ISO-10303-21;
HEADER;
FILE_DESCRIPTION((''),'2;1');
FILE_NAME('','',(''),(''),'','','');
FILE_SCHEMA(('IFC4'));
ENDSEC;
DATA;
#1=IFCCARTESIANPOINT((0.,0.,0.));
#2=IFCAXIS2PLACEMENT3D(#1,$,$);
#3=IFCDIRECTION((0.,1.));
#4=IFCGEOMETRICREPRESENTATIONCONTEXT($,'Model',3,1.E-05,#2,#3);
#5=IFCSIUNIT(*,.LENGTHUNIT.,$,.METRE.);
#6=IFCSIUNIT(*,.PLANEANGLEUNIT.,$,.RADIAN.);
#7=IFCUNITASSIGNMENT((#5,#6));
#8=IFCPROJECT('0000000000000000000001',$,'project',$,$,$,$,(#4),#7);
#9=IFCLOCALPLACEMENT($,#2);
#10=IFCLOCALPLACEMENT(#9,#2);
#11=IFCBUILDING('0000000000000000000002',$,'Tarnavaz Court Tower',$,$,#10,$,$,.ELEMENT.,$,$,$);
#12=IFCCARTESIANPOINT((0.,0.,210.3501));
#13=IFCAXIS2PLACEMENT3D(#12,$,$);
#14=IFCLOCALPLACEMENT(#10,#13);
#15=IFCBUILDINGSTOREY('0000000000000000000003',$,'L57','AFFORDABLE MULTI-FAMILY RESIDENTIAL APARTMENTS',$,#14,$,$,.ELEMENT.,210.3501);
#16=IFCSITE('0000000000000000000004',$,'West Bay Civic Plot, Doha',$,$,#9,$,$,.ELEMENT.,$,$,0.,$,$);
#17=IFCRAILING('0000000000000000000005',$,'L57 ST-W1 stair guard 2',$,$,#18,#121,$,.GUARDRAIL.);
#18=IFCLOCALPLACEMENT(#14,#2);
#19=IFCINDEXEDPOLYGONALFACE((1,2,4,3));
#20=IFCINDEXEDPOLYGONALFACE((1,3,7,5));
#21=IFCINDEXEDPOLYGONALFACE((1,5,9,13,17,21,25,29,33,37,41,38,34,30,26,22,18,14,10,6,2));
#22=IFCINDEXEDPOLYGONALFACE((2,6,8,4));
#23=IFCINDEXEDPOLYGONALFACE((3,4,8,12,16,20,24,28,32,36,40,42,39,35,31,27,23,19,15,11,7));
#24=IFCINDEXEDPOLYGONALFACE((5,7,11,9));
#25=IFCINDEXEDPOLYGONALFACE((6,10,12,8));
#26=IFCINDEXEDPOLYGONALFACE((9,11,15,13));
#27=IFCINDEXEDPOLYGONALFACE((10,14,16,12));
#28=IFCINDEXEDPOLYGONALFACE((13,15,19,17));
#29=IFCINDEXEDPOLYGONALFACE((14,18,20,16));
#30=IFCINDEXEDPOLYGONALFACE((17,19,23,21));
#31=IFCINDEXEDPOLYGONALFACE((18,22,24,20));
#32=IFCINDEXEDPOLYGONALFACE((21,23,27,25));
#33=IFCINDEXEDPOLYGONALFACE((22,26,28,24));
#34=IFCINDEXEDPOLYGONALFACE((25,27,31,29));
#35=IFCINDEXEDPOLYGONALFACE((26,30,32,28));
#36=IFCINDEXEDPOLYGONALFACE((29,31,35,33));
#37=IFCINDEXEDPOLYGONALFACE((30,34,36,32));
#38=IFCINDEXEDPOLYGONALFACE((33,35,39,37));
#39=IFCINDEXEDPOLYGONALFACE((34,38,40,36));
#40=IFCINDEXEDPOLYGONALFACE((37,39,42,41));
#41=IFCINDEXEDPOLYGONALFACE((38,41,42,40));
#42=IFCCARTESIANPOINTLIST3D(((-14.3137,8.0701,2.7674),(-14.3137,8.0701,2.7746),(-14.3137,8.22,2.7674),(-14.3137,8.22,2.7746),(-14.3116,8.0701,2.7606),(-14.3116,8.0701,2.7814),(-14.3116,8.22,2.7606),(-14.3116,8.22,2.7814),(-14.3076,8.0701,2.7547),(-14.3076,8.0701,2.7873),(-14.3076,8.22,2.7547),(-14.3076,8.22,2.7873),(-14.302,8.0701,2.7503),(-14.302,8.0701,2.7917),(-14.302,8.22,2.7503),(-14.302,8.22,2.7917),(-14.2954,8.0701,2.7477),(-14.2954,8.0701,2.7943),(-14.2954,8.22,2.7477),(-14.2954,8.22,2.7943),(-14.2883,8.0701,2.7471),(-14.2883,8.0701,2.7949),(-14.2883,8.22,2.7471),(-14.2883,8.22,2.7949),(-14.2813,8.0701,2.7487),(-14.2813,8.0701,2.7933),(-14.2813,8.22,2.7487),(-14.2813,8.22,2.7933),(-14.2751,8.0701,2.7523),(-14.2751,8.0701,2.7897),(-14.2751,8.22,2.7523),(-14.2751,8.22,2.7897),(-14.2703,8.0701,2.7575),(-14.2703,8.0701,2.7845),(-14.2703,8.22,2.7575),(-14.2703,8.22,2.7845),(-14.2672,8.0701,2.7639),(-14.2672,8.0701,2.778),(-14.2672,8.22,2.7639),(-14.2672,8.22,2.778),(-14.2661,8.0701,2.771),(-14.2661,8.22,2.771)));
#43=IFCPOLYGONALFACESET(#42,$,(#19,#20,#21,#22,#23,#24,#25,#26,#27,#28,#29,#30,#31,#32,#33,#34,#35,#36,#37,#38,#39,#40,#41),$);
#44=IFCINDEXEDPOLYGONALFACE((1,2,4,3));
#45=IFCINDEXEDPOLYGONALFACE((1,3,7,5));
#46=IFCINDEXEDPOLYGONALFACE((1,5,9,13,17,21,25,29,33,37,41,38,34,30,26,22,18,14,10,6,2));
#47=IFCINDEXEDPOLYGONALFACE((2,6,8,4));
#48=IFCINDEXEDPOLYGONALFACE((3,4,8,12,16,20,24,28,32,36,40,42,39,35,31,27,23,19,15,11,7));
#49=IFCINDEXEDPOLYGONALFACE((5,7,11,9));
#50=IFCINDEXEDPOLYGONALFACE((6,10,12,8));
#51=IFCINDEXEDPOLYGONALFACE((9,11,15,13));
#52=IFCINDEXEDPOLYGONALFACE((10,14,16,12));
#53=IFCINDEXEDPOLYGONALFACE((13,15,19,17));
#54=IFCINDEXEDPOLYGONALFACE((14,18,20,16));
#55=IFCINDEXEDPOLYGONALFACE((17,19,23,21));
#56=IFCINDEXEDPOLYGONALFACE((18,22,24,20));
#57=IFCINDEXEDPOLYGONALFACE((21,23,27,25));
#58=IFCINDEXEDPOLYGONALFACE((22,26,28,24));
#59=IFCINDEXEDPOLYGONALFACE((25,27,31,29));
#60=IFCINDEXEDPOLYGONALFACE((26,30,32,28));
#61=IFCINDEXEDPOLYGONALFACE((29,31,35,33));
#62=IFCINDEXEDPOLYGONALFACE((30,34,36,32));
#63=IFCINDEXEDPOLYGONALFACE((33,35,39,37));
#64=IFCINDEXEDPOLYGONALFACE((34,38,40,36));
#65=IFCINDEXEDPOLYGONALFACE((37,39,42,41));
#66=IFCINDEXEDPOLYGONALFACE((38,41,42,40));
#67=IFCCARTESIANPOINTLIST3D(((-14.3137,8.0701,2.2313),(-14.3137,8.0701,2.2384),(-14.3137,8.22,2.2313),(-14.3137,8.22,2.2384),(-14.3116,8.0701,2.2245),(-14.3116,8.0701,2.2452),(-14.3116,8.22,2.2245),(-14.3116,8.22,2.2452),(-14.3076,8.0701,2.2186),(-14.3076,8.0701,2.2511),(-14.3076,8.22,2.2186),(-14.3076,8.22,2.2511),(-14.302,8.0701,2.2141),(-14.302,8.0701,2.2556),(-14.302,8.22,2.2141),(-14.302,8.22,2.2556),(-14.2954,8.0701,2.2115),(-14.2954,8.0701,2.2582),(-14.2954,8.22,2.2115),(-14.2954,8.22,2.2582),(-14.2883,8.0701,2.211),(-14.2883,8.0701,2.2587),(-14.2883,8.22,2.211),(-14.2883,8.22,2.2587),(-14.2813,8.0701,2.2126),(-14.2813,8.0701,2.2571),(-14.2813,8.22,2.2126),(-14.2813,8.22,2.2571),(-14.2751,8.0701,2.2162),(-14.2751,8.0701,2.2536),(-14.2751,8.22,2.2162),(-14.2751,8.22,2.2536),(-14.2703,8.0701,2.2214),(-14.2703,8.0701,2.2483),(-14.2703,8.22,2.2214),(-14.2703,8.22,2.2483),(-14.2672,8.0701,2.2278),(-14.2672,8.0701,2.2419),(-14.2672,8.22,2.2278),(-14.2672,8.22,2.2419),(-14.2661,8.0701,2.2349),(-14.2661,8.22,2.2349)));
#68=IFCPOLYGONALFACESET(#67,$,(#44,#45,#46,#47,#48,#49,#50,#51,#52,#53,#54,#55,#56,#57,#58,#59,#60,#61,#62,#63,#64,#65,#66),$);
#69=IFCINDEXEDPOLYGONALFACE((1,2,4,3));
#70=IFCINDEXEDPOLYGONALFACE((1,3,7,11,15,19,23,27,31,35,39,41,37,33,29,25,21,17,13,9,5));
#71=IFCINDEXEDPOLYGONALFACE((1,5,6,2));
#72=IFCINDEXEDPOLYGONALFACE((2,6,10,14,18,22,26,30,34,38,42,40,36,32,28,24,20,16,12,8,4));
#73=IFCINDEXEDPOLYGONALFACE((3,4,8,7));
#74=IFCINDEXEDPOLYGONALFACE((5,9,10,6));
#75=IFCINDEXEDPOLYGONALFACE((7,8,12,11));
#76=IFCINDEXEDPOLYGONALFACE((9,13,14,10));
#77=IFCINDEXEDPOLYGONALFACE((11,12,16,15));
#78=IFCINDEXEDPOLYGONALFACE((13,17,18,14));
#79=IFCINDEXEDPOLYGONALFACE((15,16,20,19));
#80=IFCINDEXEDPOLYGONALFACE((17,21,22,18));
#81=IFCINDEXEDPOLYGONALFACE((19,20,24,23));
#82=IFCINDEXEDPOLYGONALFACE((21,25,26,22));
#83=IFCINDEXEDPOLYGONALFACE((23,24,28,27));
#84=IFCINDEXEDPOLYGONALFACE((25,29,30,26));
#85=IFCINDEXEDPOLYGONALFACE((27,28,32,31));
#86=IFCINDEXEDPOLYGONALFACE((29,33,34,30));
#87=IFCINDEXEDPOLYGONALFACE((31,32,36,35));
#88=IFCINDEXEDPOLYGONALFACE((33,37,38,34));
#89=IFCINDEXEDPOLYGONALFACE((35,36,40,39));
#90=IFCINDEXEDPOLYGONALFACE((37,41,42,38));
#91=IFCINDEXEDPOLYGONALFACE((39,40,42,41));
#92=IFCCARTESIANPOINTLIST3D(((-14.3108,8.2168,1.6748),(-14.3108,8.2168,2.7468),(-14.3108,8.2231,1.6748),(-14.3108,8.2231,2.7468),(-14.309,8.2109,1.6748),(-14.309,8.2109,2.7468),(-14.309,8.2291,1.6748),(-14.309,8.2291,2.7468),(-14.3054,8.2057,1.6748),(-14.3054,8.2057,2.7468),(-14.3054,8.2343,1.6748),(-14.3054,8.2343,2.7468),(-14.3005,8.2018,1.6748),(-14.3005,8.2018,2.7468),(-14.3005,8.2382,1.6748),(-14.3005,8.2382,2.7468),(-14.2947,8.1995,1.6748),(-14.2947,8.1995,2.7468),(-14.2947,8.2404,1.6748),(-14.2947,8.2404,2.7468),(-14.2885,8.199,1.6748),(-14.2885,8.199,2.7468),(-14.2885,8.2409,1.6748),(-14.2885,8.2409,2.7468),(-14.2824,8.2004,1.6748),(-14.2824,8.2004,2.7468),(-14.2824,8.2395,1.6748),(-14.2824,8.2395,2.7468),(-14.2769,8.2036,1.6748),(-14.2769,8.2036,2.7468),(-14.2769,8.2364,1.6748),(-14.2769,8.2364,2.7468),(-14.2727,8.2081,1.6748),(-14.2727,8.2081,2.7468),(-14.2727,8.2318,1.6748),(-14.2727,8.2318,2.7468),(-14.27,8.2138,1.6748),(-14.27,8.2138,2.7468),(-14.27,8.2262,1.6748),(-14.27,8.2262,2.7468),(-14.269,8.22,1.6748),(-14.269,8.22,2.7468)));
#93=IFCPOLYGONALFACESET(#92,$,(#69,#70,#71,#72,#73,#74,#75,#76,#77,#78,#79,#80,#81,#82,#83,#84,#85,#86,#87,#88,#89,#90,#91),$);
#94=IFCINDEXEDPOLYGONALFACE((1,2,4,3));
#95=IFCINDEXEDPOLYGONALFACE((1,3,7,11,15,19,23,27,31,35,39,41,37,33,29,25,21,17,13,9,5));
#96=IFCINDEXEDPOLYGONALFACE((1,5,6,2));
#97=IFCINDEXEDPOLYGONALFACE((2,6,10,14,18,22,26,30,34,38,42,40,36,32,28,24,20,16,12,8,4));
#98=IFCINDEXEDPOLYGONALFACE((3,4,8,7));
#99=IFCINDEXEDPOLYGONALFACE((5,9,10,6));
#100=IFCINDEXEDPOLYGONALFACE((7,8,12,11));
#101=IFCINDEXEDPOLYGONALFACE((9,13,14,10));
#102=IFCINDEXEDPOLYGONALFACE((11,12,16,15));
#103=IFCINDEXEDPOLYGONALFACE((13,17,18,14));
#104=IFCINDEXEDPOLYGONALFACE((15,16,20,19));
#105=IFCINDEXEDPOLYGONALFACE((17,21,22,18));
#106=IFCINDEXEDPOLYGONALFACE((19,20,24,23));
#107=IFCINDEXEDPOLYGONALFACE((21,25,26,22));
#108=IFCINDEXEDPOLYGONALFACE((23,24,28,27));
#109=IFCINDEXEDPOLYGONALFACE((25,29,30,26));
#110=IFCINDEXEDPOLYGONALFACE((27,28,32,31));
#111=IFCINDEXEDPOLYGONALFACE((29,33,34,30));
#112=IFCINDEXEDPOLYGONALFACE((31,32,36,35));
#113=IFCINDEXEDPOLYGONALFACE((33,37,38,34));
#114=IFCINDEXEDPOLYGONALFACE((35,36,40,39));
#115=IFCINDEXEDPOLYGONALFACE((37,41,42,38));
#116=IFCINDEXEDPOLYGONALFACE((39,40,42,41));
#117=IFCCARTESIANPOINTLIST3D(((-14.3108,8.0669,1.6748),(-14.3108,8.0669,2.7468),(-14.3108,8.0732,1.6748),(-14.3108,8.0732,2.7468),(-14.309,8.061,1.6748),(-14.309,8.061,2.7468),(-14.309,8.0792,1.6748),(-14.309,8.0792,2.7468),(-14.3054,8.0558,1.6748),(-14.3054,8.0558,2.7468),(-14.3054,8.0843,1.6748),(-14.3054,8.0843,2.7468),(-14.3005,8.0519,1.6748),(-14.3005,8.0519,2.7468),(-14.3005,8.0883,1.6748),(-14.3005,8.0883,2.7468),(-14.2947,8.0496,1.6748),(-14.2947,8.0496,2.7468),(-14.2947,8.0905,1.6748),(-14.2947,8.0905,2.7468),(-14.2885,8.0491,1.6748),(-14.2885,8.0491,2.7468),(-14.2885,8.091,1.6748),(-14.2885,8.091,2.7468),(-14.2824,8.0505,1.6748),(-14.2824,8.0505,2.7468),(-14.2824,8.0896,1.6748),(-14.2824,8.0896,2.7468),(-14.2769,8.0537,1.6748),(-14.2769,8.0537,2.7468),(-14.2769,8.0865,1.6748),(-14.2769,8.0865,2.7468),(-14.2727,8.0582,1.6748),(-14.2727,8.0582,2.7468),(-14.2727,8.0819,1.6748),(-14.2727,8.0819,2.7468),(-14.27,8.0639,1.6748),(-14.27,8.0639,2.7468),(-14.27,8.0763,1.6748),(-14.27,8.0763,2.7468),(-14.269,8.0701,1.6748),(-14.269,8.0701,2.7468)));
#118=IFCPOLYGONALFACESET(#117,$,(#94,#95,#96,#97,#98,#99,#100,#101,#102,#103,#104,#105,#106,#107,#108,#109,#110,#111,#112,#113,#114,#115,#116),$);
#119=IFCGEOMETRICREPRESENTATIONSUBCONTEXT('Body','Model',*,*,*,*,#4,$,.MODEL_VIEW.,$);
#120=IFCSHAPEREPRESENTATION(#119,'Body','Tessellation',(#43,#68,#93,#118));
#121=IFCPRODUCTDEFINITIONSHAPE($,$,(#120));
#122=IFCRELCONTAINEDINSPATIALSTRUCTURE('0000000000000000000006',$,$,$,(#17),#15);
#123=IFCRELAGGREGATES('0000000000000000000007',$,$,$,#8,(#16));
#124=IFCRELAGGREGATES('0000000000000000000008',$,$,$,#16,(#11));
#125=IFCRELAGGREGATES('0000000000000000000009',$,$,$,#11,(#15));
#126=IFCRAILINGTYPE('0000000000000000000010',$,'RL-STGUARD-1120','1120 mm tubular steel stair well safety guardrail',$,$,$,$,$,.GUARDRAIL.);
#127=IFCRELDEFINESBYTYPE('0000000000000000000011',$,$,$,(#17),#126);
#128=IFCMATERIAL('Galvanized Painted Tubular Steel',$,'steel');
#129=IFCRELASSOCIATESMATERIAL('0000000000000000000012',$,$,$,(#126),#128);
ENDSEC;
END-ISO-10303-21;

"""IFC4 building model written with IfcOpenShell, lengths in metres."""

from ifc_helpers import new_model, si_unit, direction, frame, origin, origin_2d, place, context, subcontext, project, spatial, circle, extrude, material, type_object, element, save


model = new_model("IFC4")

# Units and contexts
model_context = context("Model", 3, precision=1e-05, world=origin(), true_north=direction((0.0, 1.0)))
body_context = subcontext(model_context, "Body", "Model", "MODEL_VIEW")
ifc_project = project(units=[si_unit("LENGTHUNIT", "METRE"), si_unit("PLANEANGLEUNIT", "RADIAN")], contexts=[model_context])

# Site, building, storey
site_placement = place(None, origin())
site = spatial("IfcSite", under=ifc_project, at=site_placement, Name="West Bay Civic Plot, Doha", CompositionType="ELEMENT", RefElevation=0.0)
building_placement = place(site_placement, origin())
building = spatial("IfcBuilding", under=site, at=building_placement, Name="Tarnavaz Court Tower", CompositionType="ELEMENT")
storey_placement = place(building_placement, frame((0.0, 0.0, 210.3501)))
storey = spatial("IfcBuildingStorey", under=building, at=storey_placement, Name="L57", Description="AFFORDABLE MULTI-FAMILY RESIDENTIAL APARTMENTS", CompositionType="ELEMENT", Elevation=210.3501)

# Railing
ifc_material_1 = material(Name="Galvanized Painted Tubular Steel", Category="steel")
railing_type_1 = type_object("IfcRailingType", Name="RL-STGUARD-1120", Description="1120 mm tubular steel stair well safety guardrail", PredefinedType="GUARDRAIL", material=ifc_material_1)
railing_1_placement = place(storey_placement, frame((-14.29, 8.22, 1.6748)))
element("IfcRailing", 1, at=railing_1_placement, inside=storey, type_object=railing_type_1, Name="L57 ST-W1 stair guard 2", PredefinedType="GUARDRAIL", context=body_context, shape_type="SweptSolid", body=[
    extrude(circle(Radius=0.0239, at=origin_2d()), frame((0.0, 0.0, 1.0962), z_axis=(0.0, -1.0, 0.0), x_axis=(1.0, 0.0, 0.0)), (0.0, 0.0, 1.0), 0.1499),
    extrude(circle(Radius=0.0239, at=origin_2d()), frame((0.0, 0.0, 0.5601), z_axis=(0.0, -1.0, 0.0), x_axis=(1.0, 0.0, 0.0)), (0.0, 0.0, 1.0), 0.1499),
    extrude(circle(Radius=0.021, at=origin_2d()), origin(), (0.0, 0.0, 1.0), 1.072),
    extrude(circle(Radius=0.021, at=origin_2d()), frame((0.0, -0.1499, 0.0)), (0.0, 0.0, 1.0), 1.072),
])

save(model, "model.ifc")
